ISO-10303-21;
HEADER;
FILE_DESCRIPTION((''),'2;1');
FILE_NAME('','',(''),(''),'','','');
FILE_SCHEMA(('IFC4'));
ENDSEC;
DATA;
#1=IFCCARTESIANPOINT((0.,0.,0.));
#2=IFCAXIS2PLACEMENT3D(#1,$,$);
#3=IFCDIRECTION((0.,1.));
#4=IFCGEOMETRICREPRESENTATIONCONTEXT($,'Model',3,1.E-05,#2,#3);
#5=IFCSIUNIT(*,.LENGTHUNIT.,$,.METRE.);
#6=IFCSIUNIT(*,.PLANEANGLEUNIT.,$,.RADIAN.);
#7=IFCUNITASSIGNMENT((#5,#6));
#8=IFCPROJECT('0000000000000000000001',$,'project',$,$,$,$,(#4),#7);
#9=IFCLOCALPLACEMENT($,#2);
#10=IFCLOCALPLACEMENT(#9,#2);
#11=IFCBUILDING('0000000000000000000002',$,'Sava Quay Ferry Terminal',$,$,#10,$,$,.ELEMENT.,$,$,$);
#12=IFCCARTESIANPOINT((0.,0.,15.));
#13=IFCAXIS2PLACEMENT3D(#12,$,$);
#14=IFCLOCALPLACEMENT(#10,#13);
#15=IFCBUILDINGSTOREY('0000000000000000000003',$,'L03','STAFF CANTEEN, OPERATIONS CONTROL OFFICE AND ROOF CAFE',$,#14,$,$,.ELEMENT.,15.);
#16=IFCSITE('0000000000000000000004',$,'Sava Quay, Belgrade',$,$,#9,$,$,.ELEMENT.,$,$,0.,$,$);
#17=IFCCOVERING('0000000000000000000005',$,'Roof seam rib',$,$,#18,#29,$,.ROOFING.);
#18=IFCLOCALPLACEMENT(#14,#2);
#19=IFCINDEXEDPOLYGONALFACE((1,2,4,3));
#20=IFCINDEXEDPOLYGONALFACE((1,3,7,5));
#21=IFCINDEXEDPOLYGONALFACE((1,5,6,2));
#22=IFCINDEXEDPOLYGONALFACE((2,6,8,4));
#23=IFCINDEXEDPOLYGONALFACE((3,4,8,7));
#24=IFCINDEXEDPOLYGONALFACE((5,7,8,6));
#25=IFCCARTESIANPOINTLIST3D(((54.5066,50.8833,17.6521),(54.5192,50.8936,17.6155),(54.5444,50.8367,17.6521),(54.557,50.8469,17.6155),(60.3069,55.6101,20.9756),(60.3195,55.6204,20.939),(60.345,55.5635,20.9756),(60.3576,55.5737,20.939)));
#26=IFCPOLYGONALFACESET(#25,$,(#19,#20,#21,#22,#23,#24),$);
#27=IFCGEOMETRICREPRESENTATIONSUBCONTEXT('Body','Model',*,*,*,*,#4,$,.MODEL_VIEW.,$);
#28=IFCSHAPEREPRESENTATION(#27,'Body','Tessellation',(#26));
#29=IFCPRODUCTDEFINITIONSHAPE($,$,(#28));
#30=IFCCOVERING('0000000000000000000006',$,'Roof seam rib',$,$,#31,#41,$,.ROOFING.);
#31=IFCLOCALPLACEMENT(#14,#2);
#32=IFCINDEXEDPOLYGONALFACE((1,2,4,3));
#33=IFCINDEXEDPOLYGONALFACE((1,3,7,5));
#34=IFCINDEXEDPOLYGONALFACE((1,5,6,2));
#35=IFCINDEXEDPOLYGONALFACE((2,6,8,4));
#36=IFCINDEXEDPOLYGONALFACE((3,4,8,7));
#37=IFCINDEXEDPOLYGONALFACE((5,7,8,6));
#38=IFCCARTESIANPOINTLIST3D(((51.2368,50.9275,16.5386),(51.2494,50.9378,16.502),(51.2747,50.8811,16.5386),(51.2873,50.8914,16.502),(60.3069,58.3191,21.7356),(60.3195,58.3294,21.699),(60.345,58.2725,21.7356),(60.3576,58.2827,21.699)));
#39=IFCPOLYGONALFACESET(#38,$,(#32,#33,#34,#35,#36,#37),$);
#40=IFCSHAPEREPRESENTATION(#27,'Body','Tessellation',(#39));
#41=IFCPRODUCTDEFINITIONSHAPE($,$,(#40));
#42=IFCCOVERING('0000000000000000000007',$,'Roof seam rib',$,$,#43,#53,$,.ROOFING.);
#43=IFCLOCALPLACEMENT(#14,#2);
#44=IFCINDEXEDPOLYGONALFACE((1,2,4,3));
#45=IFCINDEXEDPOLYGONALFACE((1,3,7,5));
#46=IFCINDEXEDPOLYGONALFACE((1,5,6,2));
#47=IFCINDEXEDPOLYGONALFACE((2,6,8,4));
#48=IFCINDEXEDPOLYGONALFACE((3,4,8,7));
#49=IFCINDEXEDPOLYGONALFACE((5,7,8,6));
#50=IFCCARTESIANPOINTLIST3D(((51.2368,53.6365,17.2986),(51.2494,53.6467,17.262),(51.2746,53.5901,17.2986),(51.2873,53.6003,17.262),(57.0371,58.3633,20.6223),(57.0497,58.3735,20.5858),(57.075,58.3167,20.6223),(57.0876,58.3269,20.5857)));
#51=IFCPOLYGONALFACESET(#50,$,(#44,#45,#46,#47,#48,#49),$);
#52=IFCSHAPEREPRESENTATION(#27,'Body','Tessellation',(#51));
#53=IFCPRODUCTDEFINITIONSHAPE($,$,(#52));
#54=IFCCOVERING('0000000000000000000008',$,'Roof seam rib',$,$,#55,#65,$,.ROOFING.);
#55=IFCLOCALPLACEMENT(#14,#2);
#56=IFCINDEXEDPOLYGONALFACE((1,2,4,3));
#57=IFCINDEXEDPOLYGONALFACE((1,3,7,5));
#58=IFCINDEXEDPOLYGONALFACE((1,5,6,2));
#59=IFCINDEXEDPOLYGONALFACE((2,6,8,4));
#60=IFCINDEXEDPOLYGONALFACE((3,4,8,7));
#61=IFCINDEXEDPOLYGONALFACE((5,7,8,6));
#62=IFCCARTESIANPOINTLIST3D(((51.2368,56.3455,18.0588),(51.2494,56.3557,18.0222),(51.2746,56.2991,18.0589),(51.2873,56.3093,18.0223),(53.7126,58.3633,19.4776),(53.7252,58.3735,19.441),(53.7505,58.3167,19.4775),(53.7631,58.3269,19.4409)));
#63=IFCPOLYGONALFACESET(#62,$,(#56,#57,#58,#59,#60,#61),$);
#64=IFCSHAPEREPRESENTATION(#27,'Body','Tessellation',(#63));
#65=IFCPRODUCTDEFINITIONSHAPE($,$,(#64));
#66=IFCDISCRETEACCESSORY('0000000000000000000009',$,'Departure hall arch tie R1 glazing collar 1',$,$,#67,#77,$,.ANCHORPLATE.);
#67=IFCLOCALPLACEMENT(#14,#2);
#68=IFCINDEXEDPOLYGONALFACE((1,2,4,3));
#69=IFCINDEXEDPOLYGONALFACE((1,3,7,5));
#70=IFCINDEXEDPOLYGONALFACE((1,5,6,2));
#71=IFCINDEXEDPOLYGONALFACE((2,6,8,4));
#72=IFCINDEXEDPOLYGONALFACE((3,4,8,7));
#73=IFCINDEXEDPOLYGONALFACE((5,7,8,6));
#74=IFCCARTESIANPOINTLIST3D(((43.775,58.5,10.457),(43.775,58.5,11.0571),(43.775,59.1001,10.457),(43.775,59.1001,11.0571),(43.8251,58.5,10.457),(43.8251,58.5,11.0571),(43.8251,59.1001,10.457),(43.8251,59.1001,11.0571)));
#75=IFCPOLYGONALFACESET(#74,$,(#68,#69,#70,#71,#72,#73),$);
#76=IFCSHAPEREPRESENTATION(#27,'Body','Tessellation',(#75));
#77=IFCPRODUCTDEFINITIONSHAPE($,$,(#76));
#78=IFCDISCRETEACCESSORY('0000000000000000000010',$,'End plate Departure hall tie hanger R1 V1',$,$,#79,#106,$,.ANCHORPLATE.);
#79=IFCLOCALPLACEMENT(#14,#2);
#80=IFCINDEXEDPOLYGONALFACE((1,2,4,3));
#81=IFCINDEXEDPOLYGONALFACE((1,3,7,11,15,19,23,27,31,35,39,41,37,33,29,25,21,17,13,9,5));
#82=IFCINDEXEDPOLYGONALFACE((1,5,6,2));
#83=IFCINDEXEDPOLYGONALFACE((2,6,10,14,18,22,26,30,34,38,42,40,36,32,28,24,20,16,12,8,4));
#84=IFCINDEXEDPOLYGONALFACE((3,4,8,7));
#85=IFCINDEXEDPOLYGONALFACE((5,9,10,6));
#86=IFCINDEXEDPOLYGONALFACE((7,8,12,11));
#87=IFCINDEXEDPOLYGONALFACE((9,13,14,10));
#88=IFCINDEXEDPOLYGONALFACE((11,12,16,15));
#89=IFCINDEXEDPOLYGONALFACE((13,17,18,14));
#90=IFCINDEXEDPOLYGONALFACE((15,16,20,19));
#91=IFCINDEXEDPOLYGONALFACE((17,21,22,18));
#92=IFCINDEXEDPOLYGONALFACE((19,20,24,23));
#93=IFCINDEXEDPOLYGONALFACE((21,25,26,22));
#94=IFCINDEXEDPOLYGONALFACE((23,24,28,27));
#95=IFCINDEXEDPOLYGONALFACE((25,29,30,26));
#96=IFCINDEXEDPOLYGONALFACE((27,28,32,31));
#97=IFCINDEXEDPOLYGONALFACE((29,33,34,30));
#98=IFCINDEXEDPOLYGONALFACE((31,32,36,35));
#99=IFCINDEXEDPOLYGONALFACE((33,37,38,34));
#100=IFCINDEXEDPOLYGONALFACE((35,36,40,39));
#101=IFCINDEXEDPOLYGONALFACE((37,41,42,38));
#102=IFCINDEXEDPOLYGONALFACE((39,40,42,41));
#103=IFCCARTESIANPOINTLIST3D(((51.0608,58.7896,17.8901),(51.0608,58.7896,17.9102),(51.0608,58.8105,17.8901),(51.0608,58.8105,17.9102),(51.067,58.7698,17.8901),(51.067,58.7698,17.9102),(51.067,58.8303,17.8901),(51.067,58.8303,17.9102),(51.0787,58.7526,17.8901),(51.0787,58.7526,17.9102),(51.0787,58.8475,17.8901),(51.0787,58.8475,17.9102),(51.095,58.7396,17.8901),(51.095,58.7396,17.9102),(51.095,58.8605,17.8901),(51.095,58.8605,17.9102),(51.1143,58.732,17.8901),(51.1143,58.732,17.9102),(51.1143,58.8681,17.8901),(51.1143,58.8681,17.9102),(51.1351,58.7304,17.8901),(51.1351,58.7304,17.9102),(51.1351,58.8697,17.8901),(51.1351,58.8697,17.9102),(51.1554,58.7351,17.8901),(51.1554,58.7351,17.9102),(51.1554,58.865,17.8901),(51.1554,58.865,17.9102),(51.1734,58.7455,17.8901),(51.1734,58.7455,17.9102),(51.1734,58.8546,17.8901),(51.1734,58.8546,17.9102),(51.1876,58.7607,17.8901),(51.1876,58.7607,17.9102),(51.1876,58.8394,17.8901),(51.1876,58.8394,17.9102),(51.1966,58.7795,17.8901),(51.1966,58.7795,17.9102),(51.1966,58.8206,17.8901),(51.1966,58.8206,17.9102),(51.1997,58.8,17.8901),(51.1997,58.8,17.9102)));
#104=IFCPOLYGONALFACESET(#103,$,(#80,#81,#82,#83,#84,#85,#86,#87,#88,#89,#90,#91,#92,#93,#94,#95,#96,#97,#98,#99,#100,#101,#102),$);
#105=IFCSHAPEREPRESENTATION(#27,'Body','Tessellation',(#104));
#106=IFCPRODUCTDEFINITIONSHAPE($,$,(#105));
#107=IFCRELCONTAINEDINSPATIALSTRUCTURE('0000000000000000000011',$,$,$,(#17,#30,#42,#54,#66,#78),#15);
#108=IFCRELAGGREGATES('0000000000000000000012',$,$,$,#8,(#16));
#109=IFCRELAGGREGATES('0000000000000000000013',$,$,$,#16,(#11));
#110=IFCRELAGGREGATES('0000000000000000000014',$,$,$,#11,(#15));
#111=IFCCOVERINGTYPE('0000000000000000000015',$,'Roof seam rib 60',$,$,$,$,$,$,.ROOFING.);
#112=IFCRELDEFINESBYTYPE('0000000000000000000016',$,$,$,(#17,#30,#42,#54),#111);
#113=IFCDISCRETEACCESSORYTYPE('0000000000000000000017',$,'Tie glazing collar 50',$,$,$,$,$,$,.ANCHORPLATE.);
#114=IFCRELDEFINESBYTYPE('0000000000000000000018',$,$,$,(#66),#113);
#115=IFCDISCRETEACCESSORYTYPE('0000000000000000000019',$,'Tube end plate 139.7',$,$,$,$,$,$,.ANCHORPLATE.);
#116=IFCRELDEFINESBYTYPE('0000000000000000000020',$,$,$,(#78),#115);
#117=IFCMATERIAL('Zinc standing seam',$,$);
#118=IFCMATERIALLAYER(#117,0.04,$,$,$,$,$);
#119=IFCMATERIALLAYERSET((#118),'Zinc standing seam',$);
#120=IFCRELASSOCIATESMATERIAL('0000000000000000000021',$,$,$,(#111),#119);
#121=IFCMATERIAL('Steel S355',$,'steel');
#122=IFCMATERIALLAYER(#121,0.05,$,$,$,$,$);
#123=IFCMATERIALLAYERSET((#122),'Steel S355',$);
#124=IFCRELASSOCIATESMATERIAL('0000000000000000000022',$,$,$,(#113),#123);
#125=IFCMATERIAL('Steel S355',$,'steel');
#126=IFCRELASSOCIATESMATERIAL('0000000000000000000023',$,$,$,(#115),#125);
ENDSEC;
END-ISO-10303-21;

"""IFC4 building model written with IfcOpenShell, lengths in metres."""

from ifc_helpers import new_model, si_unit, direction, frame, origin, origin_2d, place, context, subcontext, project, spatial, polyline, rectangle, circle, outline, extrude, material, layer, layer_set, material_profile, profile_set, type_object, element, save


model = new_model("IFC4")

# Units and contexts
model_context = context("Model", 3, precision=1e-05, world=origin(), true_north=direction((0.0, 1.0)))
body_context = subcontext(model_context, "Body", "Model", "MODEL_VIEW")
ifc_project = project(units=[si_unit("LENGTHUNIT", "METRE"), si_unit("PLANEANGLEUNIT", "RADIAN")], contexts=[model_context])

# Site, building, storey
site_placement = place(None, origin())
site = spatial("IfcSite", under=ifc_project, at=site_placement, Name="Sava Quay, Belgrade", CompositionType="ELEMENT", RefElevation=0.0)
building_placement = place(site_placement, origin())
building = spatial("IfcBuilding", under=site, at=building_placement, Name="Sava Quay Ferry Terminal", CompositionType="ELEMENT")
storey_placement = place(building_placement, frame((0.0, 0.0, 15.0)))
storey = spatial("IfcBuildingStorey", under=building, at=storey_placement, Name="L03", Description="STAFF CANTEEN, OPERATIONS CONTROL OFFICE AND ROOF CAFE", CompositionType="ELEMENT", Elevation=15.0)

# Coverings
ifc_material_1 = material(Name="Zinc standing seam")
ifc_layer_1 = layer(ifc_material_1, 0.04)
ifc_layer_set_1 = layer_set([ifc_layer_1], Name="Zinc standing seam")
covering_type_1 = type_object("IfcCoveringType", Name="Roof seam rib 60", PredefinedType="ROOFING", material=ifc_layer_set_1)
covering_1_placement = place(storey_placement, frame((54.5066, 50.8833, 17.6521), z_axis=(-0.314794, -0.256286, 0.913905), x_axis=(0.708453, 0.577336, 0.405928)))
element("IfcCovering", 1, at=covering_1_placement, inside=storey, type_object=covering_type_1, Name="Roof seam rib", PredefinedType="ROOFING", context=body_context, shape_type="SweptSolid", body=[
    extrude(outline(polyline([(0.0, 0.0), (8.1873, 0.0), (8.1873, -0.0602), (-0.0001, -0.0601), (0.0, 0.0)])), origin(), (0.0, 0.0, -1.0), 0.04),
])
covering_2_placement = place(storey_placement, frame((51.2368, 50.9275, 16.5386), z_axis=(-0.314466, -0.25669, 0.913905), x_axis=(0.708446, 0.577344, 0.405929)))
element("IfcCovering", 2, at=covering_2_placement, inside=storey, type_object=covering_type_1, Name="Roof seam rib", PredefinedType="ROOFING", context=body_context, shape_type="SweptSolid", body=[
    extrude(outline(polyline([(0.0, 0.0), (12.8028, 0.0), (12.8028, -0.0602), (0.0, -0.0599), (0.0, 0.0)])), origin(), (0.0, 0.0, -1.0), 0.04),
])
covering_3_placement = place(storey_placement, frame((51.2368, 53.6365, 17.2986), z_axis=(-0.314895, -0.256214, 0.91389), x_axis=(0.708441, 0.577327, 0.405961)))
element("IfcCovering", 3, at=covering_3_placement, inside=storey, type_object=covering_type_1, Name="Roof seam rib", PredefinedType="ROOFING", context=body_context, shape_type="SweptSolid", body=[
    extrude(outline(polyline([(0.0, 0.0), (8.1874, 0.0), (8.1873, -0.0601), (0.0, -0.0599), (0.0, 0.0)])), origin(), (0.0, 0.0, -1.0), 0.04),
])
covering_4_placement = place(storey_placement, frame((51.2368, 56.3455, 18.0588), z_axis=(-0.314885, -0.256205, 0.913896), x_axis=(0.708417, 0.577366, 0.405947)))
element("IfcCovering", 4, at=covering_4_placement, inside=storey, type_object=covering_type_1, Name="Roof seam rib", PredefinedType="ROOFING", context=body_context, shape_type="SweptSolid", body=[
    extrude(outline(polyline([(0.0, 0.0), (3.4949, 0.0), (3.4947, -0.0601), (0.0, -0.0599), (0.0, 0.0)])), origin(), (0.0, 0.0, -1.0), 0.04),
])

# Discrete accessories
ifc_material_2 = material(Name="Steel S355", Category="steel")
ifc_layer_2 = layer(ifc_material_2, 0.05)
ifc_layer_set_2 = layer_set([ifc_layer_2], Name="Steel S355")
discrete_accessory_type_1 = type_object("IfcDiscreteAccessoryType", Name="Tie glazing collar 50", PredefinedType="ANCHORPLATE", material=ifc_layer_set_2)
discrete_accessory_1_placement = place(storey_placement, frame((43.8, 58.8, 10.457), z_axis=(0.0, 0.0, 1.0), x_axis=(1.0, 0.0, 0.0)))
element("IfcDiscreteAccessory", 5, at=discrete_accessory_1_placement, inside=storey, type_object=discrete_accessory_type_1, Name="Departure hall arch tie R1 glazing collar 1", PredefinedType="ANCHORPLATE", context=body_context, shape_type="SweptSolid", body=[
    extrude(rectangle(XDim=0.05, YDim=0.6001, at=origin_2d()), origin(), (0.0, 0.0, 1.0), 0.6001),
])
ifc_material_3 = material(Name="Steel S355", Category="steel")
ifc_material_profile_1 = material_profile(ifc_material_3, circle(Radius=0.0698, at=origin_2d()), Name="Plate 139.7 dia x 20")
ifc_profile_set_1 = profile_set([ifc_material_profile_1], Name="Steel S355")
discrete_accessory_type_2 = type_object("IfcDiscreteAccessoryType", Name="Tube end plate 139.7", PredefinedType="ANCHORPLATE", material=ifc_profile_set_1)
discrete_accessory_2_placement = place(storey_placement, frame((51.1299, 58.8, 17.8901), z_axis=(0.0, 0.0, 1.0), x_axis=(1.0, 0.0, 0.0)))
element("IfcDiscreteAccessory", 6, at=discrete_accessory_2_placement, inside=storey, type_object=discrete_accessory_type_2, Name="End plate Departure hall tie hanger R1 V1", PredefinedType="ANCHORPLATE", context=body_context, shape_type="SweptSolid", body=[
    extrude(circle(Radius=0.0698, at=origin_2d()), origin(), (0.0, 0.0, 1.0), 0.02),
])

save(model, "model.ifc")
